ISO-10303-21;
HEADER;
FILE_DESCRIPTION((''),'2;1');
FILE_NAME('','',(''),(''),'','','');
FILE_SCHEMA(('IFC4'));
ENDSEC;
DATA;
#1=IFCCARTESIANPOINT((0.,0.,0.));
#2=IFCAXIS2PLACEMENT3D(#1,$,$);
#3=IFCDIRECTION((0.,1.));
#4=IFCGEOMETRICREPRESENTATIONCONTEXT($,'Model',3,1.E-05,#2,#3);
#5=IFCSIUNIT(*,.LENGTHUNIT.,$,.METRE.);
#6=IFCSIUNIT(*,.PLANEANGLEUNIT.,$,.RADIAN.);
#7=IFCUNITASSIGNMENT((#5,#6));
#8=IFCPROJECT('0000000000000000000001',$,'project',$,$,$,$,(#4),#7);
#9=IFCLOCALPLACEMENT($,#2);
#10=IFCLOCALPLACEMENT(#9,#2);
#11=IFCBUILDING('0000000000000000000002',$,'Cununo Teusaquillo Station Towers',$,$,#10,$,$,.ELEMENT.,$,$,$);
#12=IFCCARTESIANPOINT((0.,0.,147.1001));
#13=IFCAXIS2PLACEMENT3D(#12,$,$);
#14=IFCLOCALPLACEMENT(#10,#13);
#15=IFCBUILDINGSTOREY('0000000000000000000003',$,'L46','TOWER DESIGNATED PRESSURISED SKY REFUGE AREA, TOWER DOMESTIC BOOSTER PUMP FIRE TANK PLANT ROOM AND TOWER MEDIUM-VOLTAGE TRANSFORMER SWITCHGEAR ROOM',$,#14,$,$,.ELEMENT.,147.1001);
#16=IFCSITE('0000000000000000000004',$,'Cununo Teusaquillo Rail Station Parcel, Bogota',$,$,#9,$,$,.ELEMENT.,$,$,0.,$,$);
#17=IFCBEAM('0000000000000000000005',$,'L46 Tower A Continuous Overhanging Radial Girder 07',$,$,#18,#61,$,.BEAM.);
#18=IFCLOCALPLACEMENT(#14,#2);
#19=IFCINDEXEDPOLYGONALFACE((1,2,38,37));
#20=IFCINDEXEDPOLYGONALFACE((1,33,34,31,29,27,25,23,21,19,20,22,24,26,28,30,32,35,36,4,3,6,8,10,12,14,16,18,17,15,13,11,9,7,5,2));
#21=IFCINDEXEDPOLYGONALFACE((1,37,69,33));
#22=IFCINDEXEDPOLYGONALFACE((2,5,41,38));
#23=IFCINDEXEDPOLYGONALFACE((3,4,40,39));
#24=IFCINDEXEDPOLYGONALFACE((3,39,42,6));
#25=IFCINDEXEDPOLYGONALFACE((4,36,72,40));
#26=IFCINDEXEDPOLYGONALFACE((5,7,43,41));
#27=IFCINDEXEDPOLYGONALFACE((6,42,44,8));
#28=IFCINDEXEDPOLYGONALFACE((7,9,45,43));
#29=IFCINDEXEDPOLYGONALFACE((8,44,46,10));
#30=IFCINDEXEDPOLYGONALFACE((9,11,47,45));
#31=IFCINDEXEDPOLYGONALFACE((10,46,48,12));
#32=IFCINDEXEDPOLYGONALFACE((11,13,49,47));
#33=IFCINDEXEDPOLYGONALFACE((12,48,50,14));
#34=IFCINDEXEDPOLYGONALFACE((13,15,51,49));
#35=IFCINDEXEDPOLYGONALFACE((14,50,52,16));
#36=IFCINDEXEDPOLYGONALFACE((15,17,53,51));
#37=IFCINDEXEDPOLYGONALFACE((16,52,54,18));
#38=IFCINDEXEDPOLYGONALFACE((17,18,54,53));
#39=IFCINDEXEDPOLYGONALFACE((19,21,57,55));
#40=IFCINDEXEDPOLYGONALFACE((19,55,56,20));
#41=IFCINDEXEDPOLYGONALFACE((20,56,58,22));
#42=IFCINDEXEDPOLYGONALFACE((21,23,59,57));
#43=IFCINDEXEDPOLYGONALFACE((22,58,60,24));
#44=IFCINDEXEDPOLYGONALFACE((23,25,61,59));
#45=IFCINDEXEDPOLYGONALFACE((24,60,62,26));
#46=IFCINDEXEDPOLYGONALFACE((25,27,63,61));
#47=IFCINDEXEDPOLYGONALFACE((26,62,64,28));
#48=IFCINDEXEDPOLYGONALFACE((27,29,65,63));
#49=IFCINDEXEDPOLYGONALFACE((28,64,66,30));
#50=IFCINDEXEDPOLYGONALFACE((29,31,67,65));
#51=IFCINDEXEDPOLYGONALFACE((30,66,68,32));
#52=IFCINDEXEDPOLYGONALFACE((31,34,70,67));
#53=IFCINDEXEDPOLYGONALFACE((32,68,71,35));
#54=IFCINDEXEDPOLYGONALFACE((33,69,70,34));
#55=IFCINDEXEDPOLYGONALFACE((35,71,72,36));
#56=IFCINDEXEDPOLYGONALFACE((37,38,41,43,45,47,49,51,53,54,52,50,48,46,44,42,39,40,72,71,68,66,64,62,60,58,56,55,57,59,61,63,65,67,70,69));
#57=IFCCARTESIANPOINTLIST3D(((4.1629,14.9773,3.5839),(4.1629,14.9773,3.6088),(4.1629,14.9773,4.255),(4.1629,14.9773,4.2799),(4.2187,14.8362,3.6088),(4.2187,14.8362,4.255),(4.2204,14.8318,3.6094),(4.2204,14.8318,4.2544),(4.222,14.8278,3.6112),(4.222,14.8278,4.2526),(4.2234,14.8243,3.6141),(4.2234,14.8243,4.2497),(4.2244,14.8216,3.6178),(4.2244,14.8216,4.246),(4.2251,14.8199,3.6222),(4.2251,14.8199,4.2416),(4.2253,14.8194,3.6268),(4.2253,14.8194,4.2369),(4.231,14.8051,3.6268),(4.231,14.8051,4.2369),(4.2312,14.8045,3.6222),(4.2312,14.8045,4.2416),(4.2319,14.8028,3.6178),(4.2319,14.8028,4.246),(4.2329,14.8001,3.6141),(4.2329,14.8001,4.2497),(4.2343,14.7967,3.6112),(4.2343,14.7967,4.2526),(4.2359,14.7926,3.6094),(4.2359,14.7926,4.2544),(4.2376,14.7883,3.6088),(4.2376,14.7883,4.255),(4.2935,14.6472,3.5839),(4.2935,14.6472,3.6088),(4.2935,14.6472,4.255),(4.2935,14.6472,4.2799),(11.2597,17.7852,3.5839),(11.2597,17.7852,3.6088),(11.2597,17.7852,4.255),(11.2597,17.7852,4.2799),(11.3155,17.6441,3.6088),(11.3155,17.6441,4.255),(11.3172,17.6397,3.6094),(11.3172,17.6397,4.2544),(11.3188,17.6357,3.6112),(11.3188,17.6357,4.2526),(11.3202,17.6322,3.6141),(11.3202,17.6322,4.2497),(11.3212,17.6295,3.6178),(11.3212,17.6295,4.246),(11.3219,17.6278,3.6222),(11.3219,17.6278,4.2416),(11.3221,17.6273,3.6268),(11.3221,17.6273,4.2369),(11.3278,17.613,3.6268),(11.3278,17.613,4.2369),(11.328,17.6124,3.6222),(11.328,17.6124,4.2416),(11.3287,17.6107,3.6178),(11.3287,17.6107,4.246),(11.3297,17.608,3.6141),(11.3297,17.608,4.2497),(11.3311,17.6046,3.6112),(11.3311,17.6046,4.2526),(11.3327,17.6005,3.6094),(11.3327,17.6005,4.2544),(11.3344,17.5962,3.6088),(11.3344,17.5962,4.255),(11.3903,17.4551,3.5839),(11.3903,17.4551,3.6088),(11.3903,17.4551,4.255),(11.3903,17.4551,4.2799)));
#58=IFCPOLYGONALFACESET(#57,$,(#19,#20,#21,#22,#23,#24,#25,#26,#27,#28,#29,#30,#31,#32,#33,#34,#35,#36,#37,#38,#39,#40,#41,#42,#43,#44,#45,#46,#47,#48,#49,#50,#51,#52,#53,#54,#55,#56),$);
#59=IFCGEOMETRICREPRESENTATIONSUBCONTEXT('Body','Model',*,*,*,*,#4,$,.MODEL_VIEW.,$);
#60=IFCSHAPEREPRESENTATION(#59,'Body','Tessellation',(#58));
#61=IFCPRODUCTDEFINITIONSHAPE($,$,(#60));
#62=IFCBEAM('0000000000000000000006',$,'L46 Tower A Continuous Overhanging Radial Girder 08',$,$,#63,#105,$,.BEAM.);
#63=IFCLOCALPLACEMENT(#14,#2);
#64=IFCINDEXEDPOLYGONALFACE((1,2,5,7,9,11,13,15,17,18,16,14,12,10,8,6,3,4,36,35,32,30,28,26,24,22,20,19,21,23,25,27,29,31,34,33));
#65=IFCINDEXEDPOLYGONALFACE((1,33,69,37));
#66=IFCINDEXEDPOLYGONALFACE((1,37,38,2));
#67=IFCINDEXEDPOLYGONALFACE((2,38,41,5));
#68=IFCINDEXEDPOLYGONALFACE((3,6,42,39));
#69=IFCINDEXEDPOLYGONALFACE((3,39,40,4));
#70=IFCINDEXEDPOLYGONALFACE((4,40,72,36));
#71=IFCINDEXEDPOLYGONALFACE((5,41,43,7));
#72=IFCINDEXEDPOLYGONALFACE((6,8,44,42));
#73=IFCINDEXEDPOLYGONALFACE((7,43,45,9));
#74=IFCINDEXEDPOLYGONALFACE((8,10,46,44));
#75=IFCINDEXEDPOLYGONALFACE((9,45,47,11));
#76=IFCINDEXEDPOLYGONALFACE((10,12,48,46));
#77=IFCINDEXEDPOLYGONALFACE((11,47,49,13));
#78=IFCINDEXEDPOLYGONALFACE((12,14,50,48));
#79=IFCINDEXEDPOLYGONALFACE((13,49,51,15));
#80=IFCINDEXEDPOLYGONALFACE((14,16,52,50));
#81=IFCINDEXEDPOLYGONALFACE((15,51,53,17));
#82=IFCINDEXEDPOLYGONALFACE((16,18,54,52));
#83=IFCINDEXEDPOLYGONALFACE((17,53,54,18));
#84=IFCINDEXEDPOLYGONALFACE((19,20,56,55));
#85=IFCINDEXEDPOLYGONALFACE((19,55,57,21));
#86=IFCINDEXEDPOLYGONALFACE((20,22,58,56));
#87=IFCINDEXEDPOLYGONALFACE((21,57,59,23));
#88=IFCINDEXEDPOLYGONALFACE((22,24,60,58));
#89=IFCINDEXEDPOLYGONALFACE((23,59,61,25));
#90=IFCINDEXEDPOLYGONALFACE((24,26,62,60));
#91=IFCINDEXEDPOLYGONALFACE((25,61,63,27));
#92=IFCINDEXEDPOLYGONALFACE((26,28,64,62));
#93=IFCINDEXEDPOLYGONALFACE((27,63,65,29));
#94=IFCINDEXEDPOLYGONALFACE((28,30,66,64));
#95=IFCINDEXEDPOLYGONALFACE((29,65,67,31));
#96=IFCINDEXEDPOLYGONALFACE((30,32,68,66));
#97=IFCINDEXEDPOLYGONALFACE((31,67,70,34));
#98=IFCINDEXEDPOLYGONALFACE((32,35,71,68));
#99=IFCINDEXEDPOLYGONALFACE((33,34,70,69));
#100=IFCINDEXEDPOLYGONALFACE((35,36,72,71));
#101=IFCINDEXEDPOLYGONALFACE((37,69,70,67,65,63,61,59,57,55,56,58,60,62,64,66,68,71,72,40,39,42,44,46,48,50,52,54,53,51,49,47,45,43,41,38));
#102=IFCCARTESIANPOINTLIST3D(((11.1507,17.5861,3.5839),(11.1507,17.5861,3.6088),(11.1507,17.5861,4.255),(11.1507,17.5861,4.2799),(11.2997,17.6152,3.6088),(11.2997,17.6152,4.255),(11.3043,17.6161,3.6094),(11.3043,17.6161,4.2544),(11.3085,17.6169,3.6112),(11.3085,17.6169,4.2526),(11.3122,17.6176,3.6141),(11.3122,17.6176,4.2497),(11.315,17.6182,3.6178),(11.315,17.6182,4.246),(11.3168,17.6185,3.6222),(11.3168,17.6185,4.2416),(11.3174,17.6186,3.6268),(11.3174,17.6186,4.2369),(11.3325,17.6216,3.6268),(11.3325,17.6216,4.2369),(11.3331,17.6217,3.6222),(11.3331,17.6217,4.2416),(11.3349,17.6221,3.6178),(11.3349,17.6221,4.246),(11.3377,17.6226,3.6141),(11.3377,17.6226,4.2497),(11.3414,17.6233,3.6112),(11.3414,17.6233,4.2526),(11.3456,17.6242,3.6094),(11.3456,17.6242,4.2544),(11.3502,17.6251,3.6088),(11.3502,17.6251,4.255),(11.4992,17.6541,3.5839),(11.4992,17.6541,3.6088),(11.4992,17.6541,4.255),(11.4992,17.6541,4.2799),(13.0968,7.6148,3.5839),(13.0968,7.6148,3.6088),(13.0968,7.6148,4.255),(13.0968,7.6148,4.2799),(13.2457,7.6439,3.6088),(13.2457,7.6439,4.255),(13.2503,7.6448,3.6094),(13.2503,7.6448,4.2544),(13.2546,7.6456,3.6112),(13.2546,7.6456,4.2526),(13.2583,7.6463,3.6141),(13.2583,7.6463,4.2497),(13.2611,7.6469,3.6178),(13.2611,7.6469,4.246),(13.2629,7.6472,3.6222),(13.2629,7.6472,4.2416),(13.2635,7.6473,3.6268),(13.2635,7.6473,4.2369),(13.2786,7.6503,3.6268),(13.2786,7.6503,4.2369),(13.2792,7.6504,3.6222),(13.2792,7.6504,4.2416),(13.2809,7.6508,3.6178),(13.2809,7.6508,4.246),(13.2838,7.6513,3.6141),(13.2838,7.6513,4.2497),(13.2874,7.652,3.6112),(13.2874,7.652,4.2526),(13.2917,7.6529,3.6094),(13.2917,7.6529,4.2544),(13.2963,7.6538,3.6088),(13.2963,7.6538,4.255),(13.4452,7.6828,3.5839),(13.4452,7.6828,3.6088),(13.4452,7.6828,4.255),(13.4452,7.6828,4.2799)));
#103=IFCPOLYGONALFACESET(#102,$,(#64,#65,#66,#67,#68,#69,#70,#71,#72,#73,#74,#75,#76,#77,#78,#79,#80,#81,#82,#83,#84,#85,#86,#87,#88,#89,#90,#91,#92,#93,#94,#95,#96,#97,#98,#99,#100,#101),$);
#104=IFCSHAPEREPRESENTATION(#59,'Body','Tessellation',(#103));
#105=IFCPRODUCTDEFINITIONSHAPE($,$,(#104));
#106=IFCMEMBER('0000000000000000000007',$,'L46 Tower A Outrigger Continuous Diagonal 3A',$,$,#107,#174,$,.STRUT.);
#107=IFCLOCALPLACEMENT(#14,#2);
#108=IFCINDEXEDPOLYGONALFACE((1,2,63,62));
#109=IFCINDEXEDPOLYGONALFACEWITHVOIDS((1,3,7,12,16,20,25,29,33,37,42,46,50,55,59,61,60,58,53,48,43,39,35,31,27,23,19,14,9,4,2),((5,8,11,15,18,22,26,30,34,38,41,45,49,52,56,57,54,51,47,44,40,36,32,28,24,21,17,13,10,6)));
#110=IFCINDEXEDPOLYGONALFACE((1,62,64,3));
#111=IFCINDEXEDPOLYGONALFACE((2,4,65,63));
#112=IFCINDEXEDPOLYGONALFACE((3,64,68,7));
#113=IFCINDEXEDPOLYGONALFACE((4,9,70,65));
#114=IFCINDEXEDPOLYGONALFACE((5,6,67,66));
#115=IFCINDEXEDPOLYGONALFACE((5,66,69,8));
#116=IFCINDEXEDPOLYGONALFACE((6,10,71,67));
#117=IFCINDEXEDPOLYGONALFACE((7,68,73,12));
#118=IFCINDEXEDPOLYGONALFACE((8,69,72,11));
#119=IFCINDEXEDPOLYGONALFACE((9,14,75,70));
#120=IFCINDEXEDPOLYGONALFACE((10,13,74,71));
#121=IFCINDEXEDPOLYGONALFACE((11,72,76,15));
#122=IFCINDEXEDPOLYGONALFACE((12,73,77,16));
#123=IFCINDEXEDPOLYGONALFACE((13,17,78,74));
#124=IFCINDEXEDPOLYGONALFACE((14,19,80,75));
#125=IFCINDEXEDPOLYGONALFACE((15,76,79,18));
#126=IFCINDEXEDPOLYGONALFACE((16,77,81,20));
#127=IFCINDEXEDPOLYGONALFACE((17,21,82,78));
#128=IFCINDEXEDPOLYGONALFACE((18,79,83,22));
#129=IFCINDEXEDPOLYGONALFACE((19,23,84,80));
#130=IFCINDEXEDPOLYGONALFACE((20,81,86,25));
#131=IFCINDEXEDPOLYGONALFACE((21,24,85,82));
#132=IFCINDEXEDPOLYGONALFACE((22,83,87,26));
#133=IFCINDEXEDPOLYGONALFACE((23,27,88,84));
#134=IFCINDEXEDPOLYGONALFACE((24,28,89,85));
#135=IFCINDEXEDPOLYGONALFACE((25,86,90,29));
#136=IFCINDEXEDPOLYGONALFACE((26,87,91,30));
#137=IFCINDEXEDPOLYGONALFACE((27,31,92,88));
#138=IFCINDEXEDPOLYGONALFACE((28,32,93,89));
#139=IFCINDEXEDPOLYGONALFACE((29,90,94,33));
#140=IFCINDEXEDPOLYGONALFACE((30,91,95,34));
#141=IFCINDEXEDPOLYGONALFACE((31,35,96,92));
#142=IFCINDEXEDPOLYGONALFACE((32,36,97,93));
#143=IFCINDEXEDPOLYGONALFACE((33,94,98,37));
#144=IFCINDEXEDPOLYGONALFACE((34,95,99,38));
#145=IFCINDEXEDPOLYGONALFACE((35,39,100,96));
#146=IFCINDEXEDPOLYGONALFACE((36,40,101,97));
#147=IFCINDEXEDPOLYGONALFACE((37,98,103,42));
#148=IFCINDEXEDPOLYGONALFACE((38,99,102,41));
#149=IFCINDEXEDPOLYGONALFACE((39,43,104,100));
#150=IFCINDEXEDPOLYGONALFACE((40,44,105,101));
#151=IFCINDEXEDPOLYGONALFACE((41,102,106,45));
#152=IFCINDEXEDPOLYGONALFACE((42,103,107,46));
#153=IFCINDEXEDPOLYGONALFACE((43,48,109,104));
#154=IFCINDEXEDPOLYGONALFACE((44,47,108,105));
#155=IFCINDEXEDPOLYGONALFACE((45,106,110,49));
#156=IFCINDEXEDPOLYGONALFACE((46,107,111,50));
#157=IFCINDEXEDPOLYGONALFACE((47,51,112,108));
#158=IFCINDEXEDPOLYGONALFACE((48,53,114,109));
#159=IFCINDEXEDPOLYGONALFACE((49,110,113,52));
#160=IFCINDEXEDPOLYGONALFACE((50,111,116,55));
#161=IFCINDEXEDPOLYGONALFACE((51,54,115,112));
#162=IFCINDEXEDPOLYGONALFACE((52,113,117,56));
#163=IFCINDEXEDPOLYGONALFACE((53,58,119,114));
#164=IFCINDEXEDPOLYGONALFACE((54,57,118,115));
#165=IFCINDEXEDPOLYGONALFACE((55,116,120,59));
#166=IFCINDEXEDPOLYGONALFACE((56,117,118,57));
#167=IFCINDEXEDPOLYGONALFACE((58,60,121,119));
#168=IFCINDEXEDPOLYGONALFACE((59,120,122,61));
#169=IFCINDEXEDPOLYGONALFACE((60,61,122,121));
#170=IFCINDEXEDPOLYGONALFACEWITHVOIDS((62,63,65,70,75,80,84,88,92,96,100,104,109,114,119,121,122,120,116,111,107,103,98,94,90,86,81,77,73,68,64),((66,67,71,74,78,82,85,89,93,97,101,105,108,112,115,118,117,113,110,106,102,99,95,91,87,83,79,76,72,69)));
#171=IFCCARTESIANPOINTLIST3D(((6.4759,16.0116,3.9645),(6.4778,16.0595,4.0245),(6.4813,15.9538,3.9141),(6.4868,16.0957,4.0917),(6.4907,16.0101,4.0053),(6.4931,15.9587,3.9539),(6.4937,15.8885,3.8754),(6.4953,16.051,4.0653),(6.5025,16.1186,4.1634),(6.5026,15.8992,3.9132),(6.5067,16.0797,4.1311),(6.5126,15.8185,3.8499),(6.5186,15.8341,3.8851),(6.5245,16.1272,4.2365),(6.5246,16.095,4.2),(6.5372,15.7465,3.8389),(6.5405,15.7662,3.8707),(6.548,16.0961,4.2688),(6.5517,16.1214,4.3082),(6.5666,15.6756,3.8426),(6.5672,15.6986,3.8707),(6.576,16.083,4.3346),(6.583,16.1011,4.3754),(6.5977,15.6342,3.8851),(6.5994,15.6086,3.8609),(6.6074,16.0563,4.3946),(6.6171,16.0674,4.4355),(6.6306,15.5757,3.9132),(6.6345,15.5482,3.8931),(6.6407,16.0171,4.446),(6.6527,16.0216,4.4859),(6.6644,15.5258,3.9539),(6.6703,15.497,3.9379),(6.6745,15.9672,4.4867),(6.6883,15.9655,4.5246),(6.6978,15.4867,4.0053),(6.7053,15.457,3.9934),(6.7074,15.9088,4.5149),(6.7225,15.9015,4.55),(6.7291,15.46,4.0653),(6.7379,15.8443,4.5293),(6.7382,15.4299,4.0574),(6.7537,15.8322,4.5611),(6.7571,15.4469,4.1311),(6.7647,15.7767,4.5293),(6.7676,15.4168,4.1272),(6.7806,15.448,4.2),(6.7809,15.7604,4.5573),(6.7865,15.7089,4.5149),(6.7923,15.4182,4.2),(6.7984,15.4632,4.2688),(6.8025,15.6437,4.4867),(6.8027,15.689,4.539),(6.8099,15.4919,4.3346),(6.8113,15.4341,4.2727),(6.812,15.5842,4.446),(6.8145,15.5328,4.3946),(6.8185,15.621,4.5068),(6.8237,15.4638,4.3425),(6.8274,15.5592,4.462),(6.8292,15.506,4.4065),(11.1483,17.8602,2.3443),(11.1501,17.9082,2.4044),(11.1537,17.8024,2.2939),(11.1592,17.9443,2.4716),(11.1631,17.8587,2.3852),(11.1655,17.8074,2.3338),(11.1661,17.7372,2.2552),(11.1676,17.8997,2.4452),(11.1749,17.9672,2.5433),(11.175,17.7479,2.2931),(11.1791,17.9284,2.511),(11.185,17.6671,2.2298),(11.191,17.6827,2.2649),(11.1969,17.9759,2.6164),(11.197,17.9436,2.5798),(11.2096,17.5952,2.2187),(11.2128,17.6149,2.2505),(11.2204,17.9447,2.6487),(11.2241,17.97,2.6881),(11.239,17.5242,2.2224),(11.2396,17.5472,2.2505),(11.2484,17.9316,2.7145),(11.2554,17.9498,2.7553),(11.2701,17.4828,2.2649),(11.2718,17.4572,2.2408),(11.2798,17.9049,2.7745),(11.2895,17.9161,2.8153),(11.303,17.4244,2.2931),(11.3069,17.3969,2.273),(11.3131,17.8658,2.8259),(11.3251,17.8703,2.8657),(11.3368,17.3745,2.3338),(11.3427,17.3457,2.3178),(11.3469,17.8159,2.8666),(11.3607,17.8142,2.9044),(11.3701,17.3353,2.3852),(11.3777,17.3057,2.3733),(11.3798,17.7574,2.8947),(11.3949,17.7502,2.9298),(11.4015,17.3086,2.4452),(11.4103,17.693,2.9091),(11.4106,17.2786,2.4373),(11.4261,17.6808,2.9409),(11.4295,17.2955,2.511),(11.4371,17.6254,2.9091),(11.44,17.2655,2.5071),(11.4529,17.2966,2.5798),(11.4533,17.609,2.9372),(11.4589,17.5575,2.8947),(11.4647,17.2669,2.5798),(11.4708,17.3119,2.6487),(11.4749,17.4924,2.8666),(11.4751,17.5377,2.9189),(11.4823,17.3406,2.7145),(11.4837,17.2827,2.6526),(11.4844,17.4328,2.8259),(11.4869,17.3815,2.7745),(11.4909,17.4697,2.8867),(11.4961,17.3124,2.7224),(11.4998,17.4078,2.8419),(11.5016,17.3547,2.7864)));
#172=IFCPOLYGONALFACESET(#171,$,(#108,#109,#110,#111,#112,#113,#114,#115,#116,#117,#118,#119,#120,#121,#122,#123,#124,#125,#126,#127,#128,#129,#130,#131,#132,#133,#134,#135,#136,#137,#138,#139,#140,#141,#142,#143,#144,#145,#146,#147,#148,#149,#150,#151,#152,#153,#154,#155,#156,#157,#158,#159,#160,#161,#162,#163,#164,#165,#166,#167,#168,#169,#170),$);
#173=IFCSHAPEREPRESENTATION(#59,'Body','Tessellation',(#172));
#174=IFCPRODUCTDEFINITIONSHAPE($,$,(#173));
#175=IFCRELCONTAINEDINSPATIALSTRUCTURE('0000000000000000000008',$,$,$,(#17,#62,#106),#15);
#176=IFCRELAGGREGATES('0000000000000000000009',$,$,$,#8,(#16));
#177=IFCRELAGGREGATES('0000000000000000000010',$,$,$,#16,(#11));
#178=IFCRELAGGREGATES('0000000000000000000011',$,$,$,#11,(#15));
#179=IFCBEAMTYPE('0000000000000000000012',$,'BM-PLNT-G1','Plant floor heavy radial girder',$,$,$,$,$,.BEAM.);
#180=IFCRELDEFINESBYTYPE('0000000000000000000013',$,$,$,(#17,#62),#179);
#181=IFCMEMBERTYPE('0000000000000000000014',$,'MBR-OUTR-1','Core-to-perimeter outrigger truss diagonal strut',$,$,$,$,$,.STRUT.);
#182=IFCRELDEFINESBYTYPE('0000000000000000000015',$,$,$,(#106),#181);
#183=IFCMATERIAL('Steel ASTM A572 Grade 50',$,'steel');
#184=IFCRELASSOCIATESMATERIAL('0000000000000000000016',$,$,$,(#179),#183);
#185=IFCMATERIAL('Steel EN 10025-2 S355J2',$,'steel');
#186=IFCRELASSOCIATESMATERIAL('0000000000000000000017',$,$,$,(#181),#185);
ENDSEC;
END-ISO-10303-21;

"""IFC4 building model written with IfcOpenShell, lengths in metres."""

from ifc_helpers import new_model, si_unit, direction, frame, origin, origin_2d, place, context, subcontext, project, spatial, hollow_circle, i_section, extrude, material, material_profile, profile_set, type_object, element, save


model = new_model("IFC4")

# Units and contexts
model_context = context("Model", 3, precision=1e-05, world=origin(), true_north=direction((0.0, 1.0)))
body_context = subcontext(model_context, "Body", "Model", "MODEL_VIEW")
ifc_project = project(units=[si_unit("LENGTHUNIT", "METRE"), si_unit("PLANEANGLEUNIT", "RADIAN")], contexts=[model_context])

# Site, building, storey
site_placement = place(None, origin())
site = spatial("IfcSite", under=ifc_project, at=site_placement, Name="Cununo Teusaquillo Rail Station Parcel, Bogota", CompositionType="ELEMENT", RefElevation=0.0)
building_placement = place(site_placement, origin())
building = spatial("IfcBuilding", under=site, at=building_placement, Name="Cununo Teusaquillo Station Towers", CompositionType="ELEMENT")
storey_placement = place(building_placement, frame((0.0, 0.0, 147.1001)))
storey = spatial("IfcBuildingStorey", under=building, at=storey_placement, Name="L46", Description="TOWER DESIGNATED PRESSURISED SKY REFUGE AREA, TOWER DOMESTIC BOOSTER PUMP FIRE TANK PLANT ROOM AND TOWER MEDIUM-VOLTAGE TRANSFORMER SWITCHGEAR ROOM", CompositionType="ELEMENT", Elevation=147.1001)

# Beams
ifc_material_1 = material(Name="Steel ASTM A572 Grade 50", Category="steel")
ifc_material_profile_1 = material_profile(ifc_material_1, i_section(OverallWidth=0.355, OverallDepth=0.696, WebThickness=0.0154, FlangeThickness=0.0249, FilletRadius=0.0181, at=origin_2d()), Name="W27X146")
ifc_profile_set_1 = profile_set([ifc_material_profile_1], Name="Steel ASTM A572 Grade 50")
beam_type_1 = type_object("IfcBeamType", Name="BM-PLNT-G1", Description="Plant floor heavy radial girder", PredefinedType="BEAM", material=ifc_profile_set_1)
beam_1_placement = place(storey_placement, frame((11.325, 17.6201, 3.9319), z_axis=(-0.929862, -0.367908, 0.0), x_axis=(0.367908, -0.929862, 0.0)))
element("IfcBeam", 1, at=beam_1_placement, inside=storey, type_object=beam_type_1, Name="L46 Tower A Continuous Overhanging Radial Girder 07", PredefinedType="BEAM", context=body_context, shape_type="SweptSolid", body=[
    extrude(i_section(OverallWidth=0.355, OverallDepth=0.696, WebThickness=0.0154, FlangeThickness=0.0249, FilletRadius=0.0181, at=origin_2d()), origin(), (0.0, 0.0, 1.0), 7.6321),
])
beam_2_placement = place(storey_placement, frame((11.325, 17.6201, 3.9319), z_axis=(0.191553, -0.981482, 0.0), x_axis=(0.981482, 0.191553, 0.0)))
element("IfcBeam", 2, at=beam_2_placement, inside=storey, type_object=beam_type_1, Name="L46 Tower A Continuous Overhanging Radial Girder 08", PredefinedType="BEAM", context=body_context, shape_type="SweptSolid", body=[
    extrude(i_section(OverallWidth=0.355, OverallDepth=0.696, WebThickness=0.0154, FlangeThickness=0.0249, FilletRadius=0.0181, at=origin_2d()), origin(), (0.0, 0.0, 1.0), 10.1594),
])

# Member
ifc_material_2 = material(Name="Steel EN 10025-2 S355J2", Category="steel")
ifc_material_profile_2 = material_profile(ifc_material_2, hollow_circle(Radius=0.3799, WallThickness=0.032, at=origin_2d()), Name="CHS 760x32")
ifc_profile_set_2 = profile_set([ifc_material_profile_2], Name="Steel EN 10025-2 S355J2")
member_type = type_object("IfcMemberType", Name="MBR-OUTR-1", Description="Core-to-perimeter outrigger truss diagonal strut", PredefinedType="STRUT", material=ifc_profile_set_2)
member_1_placement = place(storey_placement, frame((11.325, 17.6201, 2.5798), z_axis=(-0.885, -0.350152, 0.306869), x_axis=(0.367903, -0.929864, 0.0)))
element("IfcMember", 3, at=member_1_placement, inside=storey, type_object=member_type, Name="L46 Tower A Outrigger Continuous Diagonal 3A", PredefinedType="STRUT", context=body_context, shape_type="SweptSolid", body=[
    extrude(hollow_circle(Radius=0.3799, WallThickness=0.032, at=origin_2d()), origin(), (0.0, 0.0, 1.0), 5.2795),
])

save(model, "model.ifc")
